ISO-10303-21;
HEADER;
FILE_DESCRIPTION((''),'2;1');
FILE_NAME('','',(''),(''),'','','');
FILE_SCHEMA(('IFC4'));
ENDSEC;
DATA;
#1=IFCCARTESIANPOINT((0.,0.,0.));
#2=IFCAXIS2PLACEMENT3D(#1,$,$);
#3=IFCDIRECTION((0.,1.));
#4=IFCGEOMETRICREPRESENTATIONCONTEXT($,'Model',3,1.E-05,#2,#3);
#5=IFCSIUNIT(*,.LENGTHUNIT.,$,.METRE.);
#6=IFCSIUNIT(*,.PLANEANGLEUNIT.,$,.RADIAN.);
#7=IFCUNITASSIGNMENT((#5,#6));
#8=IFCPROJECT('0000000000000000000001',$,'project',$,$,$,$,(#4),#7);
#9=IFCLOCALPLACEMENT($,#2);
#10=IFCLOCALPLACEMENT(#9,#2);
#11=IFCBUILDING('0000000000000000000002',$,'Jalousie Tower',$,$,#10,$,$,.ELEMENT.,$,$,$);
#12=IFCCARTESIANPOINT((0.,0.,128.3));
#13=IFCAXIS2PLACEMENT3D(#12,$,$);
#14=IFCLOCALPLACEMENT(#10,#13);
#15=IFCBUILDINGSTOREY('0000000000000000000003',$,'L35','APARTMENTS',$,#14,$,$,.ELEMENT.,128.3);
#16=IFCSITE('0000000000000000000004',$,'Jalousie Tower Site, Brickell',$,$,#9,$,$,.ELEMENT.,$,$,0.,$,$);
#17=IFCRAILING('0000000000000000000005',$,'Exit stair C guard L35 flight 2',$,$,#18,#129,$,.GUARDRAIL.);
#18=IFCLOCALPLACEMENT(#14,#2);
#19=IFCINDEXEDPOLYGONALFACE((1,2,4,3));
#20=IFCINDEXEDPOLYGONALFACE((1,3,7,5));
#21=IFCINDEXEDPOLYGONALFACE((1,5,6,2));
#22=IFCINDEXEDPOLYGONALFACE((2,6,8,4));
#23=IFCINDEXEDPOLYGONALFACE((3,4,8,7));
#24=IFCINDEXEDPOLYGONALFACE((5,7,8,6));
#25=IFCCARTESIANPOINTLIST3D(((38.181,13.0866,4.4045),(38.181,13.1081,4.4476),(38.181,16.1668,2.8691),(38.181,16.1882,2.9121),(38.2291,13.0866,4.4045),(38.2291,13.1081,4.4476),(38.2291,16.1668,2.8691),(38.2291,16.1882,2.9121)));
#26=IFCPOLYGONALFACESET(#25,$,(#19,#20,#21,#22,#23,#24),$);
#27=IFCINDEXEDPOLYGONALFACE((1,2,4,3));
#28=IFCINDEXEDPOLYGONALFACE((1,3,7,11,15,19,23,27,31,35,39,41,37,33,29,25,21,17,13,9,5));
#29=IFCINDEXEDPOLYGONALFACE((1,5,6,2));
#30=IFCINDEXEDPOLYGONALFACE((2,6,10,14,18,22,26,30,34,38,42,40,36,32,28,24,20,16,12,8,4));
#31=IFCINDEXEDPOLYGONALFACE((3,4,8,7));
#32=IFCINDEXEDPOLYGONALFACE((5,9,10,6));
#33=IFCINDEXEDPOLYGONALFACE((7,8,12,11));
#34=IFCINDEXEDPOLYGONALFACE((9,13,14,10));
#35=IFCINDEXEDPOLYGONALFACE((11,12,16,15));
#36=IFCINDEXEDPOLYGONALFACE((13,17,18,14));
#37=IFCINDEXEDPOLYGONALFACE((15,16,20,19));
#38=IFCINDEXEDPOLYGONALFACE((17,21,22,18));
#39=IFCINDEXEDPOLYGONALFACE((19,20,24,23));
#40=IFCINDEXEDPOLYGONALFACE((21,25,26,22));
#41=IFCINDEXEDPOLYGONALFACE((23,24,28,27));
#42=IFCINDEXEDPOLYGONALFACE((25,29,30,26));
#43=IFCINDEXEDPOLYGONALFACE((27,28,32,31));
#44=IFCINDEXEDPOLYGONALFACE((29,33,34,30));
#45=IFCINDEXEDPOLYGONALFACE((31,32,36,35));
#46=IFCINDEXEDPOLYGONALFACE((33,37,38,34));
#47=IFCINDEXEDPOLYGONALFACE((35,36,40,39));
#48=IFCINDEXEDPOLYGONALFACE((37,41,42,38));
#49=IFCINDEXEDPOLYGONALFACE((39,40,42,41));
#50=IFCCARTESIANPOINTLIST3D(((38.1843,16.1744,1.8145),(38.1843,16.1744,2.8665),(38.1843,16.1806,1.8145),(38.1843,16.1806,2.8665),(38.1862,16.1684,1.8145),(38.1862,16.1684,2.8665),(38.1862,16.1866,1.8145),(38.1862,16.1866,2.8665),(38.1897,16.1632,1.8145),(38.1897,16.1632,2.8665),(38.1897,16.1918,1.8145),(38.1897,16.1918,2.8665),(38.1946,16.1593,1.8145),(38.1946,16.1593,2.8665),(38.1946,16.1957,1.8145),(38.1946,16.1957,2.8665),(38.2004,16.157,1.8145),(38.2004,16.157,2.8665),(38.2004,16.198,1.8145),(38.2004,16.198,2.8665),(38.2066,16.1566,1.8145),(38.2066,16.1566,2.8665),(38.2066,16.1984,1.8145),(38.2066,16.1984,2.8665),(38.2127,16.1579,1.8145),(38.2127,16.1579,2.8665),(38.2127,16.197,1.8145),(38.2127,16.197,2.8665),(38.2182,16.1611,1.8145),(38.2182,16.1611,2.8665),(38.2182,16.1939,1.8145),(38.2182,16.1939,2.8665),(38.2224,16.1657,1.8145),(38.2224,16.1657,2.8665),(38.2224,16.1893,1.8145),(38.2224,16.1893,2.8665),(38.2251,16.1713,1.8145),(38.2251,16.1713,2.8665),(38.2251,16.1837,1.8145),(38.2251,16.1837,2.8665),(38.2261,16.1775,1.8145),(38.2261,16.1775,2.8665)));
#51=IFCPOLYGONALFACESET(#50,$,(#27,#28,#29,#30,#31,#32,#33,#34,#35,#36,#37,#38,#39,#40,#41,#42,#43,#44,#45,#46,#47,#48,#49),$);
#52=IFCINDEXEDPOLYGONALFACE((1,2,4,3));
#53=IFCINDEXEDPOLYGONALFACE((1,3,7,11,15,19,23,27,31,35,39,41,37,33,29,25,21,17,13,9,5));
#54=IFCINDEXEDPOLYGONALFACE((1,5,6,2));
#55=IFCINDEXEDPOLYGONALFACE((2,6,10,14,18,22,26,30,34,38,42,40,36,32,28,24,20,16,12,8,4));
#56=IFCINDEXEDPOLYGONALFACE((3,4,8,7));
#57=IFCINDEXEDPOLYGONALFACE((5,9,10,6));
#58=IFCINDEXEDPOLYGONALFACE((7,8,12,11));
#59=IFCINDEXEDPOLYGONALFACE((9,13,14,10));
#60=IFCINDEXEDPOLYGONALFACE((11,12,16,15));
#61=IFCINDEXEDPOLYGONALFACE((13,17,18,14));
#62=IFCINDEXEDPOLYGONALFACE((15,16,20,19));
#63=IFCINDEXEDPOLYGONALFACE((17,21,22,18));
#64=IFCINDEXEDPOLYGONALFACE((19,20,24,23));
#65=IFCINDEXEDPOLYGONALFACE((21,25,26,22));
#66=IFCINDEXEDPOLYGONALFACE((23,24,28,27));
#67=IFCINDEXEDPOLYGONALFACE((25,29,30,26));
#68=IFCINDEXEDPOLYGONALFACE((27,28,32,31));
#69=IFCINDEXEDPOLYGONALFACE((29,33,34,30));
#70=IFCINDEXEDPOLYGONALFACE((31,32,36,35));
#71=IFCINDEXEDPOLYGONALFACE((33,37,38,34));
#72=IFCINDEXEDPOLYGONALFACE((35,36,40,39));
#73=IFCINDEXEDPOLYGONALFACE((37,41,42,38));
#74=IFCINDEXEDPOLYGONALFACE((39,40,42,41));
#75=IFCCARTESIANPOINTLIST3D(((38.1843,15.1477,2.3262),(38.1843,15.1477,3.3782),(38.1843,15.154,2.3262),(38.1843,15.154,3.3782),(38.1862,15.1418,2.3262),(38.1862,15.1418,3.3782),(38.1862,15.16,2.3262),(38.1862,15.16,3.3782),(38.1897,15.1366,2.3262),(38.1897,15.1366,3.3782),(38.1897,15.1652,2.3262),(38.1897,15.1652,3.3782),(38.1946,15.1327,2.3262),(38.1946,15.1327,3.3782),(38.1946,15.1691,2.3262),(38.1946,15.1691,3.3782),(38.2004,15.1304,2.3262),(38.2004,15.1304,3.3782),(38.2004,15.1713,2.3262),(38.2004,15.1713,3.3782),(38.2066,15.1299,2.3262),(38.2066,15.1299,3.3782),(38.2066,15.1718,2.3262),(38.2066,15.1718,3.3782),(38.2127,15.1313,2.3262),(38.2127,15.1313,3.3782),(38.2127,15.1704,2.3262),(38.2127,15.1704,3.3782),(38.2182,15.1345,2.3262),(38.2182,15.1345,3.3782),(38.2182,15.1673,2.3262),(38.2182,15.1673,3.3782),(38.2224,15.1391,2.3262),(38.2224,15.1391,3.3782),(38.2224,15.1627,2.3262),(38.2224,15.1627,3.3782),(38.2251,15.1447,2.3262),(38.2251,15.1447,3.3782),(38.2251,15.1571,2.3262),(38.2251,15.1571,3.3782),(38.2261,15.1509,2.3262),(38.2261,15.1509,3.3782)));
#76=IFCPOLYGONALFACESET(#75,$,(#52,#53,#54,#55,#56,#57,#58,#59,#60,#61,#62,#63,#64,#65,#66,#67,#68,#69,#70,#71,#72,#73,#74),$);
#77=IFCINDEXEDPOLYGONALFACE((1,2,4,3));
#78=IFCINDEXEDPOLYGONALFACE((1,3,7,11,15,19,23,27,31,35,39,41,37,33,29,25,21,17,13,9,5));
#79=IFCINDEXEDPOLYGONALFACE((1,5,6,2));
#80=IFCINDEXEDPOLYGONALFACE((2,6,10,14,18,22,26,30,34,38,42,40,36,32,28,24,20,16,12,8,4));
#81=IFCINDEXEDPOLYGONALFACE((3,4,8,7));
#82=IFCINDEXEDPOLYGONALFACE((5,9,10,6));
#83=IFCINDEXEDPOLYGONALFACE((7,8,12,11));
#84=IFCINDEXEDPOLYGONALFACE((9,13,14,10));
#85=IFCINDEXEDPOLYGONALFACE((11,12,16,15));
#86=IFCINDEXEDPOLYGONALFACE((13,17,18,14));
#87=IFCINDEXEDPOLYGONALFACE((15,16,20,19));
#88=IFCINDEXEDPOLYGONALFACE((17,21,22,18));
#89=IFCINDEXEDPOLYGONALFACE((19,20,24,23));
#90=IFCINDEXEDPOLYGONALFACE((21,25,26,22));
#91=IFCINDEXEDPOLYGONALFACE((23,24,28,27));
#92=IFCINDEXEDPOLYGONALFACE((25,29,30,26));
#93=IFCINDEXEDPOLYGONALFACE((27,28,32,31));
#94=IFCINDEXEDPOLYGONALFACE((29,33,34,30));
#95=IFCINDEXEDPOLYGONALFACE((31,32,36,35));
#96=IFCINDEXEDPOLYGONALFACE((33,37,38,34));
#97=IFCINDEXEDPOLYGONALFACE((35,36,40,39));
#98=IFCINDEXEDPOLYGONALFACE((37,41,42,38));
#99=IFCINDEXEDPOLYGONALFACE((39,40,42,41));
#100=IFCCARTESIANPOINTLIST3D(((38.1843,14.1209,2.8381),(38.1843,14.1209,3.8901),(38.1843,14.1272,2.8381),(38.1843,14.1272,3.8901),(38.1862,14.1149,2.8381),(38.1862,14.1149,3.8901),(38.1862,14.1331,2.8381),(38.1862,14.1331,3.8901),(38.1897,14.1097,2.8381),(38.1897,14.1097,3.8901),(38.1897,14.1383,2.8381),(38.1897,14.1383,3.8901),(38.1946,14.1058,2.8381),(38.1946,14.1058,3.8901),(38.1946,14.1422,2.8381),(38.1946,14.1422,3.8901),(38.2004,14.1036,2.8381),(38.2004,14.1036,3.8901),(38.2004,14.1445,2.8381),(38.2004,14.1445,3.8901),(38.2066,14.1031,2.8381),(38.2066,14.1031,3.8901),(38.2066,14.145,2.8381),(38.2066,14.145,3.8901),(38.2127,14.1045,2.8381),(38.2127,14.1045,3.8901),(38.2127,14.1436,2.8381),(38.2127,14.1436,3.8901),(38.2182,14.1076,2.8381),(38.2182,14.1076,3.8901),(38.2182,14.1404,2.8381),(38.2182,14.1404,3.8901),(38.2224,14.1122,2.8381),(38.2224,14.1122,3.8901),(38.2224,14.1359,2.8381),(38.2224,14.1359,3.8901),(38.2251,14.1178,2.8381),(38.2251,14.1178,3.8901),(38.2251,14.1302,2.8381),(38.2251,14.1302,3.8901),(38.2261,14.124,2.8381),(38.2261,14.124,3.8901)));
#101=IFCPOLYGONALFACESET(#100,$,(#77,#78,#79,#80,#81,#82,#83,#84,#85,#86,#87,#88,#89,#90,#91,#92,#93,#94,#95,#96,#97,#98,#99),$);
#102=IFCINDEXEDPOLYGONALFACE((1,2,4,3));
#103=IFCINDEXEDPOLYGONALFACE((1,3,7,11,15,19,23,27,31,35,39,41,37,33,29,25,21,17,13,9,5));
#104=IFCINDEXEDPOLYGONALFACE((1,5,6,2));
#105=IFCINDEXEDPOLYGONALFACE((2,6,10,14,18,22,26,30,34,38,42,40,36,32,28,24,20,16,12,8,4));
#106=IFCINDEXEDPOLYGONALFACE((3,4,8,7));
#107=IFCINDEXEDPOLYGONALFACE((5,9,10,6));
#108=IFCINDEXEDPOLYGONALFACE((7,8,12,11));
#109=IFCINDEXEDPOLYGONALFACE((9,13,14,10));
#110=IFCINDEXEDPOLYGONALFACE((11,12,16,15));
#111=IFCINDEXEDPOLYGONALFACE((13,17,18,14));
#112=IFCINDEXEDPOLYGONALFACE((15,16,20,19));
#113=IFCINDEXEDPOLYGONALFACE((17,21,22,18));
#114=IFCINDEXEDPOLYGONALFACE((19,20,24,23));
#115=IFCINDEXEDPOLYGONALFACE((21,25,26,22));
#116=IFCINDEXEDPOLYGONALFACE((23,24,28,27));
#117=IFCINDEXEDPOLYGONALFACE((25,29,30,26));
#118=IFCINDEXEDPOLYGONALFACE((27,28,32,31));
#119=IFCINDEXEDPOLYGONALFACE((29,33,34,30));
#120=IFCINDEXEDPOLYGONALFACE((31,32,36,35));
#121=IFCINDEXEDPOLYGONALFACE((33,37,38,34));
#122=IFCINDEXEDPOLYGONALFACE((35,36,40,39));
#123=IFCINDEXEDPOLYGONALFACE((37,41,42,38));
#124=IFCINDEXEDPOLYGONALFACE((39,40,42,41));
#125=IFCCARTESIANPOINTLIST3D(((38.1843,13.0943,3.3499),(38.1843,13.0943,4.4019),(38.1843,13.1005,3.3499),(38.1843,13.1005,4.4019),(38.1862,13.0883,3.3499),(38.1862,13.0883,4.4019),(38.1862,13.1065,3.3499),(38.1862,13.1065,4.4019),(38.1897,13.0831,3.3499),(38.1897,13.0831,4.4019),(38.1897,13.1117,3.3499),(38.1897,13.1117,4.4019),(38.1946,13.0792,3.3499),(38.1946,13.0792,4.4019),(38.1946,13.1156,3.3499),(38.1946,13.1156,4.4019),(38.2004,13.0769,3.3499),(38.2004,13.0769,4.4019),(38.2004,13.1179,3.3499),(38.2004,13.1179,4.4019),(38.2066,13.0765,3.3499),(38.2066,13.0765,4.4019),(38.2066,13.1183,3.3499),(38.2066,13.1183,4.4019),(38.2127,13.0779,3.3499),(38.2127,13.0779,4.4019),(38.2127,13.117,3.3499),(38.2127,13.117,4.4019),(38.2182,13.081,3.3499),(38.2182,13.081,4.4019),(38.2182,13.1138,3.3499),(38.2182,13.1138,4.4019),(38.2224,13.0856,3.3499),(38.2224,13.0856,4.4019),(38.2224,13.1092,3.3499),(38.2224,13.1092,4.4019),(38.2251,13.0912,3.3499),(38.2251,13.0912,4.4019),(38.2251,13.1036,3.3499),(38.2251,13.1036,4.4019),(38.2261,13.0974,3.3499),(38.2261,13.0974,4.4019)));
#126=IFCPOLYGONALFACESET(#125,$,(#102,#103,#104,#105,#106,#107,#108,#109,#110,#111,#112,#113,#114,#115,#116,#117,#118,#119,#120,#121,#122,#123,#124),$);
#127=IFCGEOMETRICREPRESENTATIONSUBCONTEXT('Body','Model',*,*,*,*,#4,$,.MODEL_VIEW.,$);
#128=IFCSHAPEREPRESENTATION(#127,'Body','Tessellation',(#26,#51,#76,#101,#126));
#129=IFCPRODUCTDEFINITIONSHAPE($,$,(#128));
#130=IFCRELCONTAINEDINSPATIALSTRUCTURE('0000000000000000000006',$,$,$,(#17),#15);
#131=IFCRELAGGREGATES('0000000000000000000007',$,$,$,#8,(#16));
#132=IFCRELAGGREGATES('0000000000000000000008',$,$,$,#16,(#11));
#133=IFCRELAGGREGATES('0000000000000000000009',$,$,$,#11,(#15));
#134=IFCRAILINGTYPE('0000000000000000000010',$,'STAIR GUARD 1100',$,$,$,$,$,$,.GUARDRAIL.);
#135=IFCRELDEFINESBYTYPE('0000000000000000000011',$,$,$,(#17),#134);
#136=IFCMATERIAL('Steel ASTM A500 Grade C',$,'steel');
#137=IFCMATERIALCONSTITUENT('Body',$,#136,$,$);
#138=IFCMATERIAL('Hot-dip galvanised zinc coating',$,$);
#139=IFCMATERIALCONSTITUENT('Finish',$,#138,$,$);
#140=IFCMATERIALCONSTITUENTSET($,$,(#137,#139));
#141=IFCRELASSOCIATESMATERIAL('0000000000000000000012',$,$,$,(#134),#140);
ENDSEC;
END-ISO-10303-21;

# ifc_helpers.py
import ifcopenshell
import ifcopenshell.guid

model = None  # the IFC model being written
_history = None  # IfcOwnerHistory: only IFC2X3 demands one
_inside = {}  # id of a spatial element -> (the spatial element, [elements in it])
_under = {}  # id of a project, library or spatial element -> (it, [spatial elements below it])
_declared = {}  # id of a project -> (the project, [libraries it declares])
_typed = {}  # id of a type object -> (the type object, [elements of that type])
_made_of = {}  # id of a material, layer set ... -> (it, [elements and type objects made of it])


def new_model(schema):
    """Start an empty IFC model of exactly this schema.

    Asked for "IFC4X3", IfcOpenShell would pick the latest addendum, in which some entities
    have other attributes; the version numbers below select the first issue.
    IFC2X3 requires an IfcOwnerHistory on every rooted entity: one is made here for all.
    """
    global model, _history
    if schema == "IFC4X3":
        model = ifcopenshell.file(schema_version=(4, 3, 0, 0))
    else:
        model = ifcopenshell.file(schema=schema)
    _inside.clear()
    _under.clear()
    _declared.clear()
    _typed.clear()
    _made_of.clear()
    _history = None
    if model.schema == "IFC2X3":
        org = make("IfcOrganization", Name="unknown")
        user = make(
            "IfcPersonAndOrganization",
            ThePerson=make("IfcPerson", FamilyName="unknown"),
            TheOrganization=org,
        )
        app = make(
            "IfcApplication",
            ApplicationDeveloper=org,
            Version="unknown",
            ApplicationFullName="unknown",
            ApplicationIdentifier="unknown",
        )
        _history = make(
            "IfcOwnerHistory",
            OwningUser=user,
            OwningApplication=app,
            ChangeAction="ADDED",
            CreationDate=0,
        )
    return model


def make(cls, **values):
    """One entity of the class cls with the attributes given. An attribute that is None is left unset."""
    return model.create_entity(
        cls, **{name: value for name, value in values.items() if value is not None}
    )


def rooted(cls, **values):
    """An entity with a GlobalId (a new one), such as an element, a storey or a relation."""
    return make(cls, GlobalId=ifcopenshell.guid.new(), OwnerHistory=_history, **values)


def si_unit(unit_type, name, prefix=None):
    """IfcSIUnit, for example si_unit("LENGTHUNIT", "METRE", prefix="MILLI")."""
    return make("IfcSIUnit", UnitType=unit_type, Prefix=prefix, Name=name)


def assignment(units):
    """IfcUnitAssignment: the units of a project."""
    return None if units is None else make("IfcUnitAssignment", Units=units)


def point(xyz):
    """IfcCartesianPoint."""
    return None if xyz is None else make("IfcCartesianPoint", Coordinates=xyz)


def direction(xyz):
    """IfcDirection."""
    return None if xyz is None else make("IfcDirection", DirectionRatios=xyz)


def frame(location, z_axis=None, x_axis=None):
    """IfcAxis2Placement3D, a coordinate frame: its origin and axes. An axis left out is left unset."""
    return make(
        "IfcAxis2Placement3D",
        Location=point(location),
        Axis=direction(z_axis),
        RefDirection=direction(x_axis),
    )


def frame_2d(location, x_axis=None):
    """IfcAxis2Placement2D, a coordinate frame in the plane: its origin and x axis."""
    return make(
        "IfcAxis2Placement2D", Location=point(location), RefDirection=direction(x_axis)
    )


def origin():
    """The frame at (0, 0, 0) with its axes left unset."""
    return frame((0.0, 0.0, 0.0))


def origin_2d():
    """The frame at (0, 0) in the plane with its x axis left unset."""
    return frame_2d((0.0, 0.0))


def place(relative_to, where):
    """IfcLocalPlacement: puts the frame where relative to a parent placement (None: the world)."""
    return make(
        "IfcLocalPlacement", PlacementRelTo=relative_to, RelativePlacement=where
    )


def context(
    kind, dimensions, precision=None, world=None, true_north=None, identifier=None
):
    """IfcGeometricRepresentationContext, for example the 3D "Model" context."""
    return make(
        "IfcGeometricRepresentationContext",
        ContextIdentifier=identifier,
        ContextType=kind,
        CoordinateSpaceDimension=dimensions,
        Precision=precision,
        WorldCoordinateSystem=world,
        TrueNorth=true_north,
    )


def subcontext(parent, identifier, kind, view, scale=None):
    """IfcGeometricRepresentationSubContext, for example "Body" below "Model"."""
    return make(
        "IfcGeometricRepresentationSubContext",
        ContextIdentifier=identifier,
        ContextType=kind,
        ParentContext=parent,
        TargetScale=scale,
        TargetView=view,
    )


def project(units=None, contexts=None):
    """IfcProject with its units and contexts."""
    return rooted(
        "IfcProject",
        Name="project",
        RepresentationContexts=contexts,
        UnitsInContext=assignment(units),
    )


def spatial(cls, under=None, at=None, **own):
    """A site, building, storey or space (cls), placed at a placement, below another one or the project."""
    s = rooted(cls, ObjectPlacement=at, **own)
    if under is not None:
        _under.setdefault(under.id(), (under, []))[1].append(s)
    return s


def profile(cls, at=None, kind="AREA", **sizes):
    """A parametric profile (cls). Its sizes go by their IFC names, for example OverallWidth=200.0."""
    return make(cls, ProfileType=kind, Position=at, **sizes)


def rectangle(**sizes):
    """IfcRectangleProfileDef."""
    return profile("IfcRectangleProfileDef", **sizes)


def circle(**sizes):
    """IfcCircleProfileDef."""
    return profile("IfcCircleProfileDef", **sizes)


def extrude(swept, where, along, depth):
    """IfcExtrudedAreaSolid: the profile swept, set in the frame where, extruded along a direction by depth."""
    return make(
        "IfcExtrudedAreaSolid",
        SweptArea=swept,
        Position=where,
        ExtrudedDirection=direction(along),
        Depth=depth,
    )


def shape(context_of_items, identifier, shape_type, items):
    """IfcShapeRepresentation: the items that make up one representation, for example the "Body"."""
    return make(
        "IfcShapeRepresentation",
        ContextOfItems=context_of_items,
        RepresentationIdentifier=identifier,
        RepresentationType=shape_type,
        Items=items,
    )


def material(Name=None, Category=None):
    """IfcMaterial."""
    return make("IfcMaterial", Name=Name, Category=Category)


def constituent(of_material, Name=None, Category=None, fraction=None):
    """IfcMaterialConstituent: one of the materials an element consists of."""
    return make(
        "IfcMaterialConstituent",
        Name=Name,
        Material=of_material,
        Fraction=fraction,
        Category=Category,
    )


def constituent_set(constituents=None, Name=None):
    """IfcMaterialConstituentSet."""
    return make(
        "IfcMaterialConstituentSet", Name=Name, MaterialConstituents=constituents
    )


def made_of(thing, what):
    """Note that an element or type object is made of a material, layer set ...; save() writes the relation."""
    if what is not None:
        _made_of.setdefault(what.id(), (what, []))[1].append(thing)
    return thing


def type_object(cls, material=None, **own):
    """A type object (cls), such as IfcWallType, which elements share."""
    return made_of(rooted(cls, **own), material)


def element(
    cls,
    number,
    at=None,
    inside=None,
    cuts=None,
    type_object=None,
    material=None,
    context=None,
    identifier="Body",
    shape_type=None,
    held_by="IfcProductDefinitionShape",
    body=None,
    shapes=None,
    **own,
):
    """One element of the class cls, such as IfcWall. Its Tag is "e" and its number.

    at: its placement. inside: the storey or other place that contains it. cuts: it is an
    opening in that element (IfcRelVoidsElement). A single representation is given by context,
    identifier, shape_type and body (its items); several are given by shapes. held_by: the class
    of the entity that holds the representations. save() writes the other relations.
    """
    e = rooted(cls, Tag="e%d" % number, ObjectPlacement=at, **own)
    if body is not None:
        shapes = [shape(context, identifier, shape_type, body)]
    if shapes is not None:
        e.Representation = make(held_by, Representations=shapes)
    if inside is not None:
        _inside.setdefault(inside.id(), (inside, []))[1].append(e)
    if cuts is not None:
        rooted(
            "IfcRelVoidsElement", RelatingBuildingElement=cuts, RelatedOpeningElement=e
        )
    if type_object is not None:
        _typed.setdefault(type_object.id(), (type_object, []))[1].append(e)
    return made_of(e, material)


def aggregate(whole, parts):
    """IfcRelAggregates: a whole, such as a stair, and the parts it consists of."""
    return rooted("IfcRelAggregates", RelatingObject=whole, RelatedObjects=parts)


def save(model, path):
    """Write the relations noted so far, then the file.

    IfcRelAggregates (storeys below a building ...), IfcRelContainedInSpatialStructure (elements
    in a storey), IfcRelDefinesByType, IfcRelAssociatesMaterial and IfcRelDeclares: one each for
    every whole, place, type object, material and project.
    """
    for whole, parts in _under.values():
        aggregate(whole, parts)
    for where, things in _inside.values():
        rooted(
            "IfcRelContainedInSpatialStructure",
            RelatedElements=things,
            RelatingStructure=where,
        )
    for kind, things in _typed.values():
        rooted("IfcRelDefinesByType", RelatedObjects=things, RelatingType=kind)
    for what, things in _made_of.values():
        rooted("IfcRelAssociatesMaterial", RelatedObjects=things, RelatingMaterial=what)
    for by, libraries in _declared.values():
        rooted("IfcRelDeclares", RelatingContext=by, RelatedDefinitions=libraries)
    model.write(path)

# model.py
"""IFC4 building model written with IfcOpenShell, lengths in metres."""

from ifc_helpers import new_model, si_unit, direction, frame, origin, origin_2d, place, context, subcontext, project, spatial, rectangle, circle, extrude, material, constituent, constituent_set, type_object, element, save


model = new_model("IFC4")

# Units and contexts
model_context = context("Model", 3, precision=1e-05, world=origin(), true_north=direction((0.0, 1.0)))
body_context = subcontext(model_context, "Body", "Model", "MODEL_VIEW")
ifc_project = project(units=[si_unit("LENGTHUNIT", "METRE"), si_unit("PLANEANGLEUNIT", "RADIAN")], contexts=[model_context])

# Site, building, storey
site_placement = place(None, origin())
site = spatial("IfcSite", under=ifc_project, at=site_placement, Name="Jalousie Tower Site, Brickell", CompositionType="ELEMENT", RefElevation=0.0)
building_placement = place(site_placement, origin())
building = spatial("IfcBuilding", under=site, at=building_placement, Name="Jalousie Tower", CompositionType="ELEMENT")
storey_placement = place(building_placement, frame((0.0, 0.0, 128.3)))
storey = spatial("IfcBuildingStorey", under=building, at=storey_placement, Name="L35", Description="APARTMENTS", CompositionType="ELEMENT", Elevation=128.3)

# Railing
ifc_material_1 = material(Name="Steel ASTM A500 Grade C", Category="steel")
ifc_constituent_1 = constituent(ifc_material_1, Name="Body")
ifc_material_2 = material(Name="Hot-dip galvanised zinc coating")
ifc_constituent_2 = constituent(ifc_material_2, Name="Finish")
ifc_constituent_set_1 = constituent_set(constituents=[ifc_constituent_1, ifc_constituent_2])
railing_type_1 = type_object("IfcRailingType", Name="STAIR GUARD 1100", PredefinedType="GUARDRAIL", material=ifc_constituent_set_1)
railing_1_placement = place(storey_placement, frame((38.2051, 16.1775, 1.8145)))
element("IfcRailing", 1, at=railing_1_placement, inside=storey, type_object=railing_type_1, Name="Exit stair C guard L35 flight 2", PredefinedType="GUARDRAIL", context=body_context, shape_type="SweptSolid", body=[
    extrude(rectangle(XDim=0.0481, YDim=0.0481, at=origin_2d()), frame((0.0, 0.0, 1.0762), z_axis=(0.0, -0.894966, 0.446135), x_axis=(1.0, 0.0, 0.0)), (0.0, 0.0, 1.0), 3.4417),
    extrude(circle(Radius=0.021, at=origin_2d()), origin(), (0.0, 0.0, 1.0), 1.052),
    extrude(circle(Radius=0.021, at=origin_2d()), frame((0.0, -1.0266, 0.5117)), (0.0, 0.0, 1.0), 1.052),
    extrude(circle(Radius=0.021, at=origin_2d()), frame((0.0, -2.0535, 1.0237)), (0.0, 0.0, 1.0), 1.052),
    extrude(circle(Radius=0.021, at=origin_2d()), frame((0.0, -3.0801, 1.5354)), (0.0, 0.0, 1.0), 1.052),
])

save(model, "model.ifc")
